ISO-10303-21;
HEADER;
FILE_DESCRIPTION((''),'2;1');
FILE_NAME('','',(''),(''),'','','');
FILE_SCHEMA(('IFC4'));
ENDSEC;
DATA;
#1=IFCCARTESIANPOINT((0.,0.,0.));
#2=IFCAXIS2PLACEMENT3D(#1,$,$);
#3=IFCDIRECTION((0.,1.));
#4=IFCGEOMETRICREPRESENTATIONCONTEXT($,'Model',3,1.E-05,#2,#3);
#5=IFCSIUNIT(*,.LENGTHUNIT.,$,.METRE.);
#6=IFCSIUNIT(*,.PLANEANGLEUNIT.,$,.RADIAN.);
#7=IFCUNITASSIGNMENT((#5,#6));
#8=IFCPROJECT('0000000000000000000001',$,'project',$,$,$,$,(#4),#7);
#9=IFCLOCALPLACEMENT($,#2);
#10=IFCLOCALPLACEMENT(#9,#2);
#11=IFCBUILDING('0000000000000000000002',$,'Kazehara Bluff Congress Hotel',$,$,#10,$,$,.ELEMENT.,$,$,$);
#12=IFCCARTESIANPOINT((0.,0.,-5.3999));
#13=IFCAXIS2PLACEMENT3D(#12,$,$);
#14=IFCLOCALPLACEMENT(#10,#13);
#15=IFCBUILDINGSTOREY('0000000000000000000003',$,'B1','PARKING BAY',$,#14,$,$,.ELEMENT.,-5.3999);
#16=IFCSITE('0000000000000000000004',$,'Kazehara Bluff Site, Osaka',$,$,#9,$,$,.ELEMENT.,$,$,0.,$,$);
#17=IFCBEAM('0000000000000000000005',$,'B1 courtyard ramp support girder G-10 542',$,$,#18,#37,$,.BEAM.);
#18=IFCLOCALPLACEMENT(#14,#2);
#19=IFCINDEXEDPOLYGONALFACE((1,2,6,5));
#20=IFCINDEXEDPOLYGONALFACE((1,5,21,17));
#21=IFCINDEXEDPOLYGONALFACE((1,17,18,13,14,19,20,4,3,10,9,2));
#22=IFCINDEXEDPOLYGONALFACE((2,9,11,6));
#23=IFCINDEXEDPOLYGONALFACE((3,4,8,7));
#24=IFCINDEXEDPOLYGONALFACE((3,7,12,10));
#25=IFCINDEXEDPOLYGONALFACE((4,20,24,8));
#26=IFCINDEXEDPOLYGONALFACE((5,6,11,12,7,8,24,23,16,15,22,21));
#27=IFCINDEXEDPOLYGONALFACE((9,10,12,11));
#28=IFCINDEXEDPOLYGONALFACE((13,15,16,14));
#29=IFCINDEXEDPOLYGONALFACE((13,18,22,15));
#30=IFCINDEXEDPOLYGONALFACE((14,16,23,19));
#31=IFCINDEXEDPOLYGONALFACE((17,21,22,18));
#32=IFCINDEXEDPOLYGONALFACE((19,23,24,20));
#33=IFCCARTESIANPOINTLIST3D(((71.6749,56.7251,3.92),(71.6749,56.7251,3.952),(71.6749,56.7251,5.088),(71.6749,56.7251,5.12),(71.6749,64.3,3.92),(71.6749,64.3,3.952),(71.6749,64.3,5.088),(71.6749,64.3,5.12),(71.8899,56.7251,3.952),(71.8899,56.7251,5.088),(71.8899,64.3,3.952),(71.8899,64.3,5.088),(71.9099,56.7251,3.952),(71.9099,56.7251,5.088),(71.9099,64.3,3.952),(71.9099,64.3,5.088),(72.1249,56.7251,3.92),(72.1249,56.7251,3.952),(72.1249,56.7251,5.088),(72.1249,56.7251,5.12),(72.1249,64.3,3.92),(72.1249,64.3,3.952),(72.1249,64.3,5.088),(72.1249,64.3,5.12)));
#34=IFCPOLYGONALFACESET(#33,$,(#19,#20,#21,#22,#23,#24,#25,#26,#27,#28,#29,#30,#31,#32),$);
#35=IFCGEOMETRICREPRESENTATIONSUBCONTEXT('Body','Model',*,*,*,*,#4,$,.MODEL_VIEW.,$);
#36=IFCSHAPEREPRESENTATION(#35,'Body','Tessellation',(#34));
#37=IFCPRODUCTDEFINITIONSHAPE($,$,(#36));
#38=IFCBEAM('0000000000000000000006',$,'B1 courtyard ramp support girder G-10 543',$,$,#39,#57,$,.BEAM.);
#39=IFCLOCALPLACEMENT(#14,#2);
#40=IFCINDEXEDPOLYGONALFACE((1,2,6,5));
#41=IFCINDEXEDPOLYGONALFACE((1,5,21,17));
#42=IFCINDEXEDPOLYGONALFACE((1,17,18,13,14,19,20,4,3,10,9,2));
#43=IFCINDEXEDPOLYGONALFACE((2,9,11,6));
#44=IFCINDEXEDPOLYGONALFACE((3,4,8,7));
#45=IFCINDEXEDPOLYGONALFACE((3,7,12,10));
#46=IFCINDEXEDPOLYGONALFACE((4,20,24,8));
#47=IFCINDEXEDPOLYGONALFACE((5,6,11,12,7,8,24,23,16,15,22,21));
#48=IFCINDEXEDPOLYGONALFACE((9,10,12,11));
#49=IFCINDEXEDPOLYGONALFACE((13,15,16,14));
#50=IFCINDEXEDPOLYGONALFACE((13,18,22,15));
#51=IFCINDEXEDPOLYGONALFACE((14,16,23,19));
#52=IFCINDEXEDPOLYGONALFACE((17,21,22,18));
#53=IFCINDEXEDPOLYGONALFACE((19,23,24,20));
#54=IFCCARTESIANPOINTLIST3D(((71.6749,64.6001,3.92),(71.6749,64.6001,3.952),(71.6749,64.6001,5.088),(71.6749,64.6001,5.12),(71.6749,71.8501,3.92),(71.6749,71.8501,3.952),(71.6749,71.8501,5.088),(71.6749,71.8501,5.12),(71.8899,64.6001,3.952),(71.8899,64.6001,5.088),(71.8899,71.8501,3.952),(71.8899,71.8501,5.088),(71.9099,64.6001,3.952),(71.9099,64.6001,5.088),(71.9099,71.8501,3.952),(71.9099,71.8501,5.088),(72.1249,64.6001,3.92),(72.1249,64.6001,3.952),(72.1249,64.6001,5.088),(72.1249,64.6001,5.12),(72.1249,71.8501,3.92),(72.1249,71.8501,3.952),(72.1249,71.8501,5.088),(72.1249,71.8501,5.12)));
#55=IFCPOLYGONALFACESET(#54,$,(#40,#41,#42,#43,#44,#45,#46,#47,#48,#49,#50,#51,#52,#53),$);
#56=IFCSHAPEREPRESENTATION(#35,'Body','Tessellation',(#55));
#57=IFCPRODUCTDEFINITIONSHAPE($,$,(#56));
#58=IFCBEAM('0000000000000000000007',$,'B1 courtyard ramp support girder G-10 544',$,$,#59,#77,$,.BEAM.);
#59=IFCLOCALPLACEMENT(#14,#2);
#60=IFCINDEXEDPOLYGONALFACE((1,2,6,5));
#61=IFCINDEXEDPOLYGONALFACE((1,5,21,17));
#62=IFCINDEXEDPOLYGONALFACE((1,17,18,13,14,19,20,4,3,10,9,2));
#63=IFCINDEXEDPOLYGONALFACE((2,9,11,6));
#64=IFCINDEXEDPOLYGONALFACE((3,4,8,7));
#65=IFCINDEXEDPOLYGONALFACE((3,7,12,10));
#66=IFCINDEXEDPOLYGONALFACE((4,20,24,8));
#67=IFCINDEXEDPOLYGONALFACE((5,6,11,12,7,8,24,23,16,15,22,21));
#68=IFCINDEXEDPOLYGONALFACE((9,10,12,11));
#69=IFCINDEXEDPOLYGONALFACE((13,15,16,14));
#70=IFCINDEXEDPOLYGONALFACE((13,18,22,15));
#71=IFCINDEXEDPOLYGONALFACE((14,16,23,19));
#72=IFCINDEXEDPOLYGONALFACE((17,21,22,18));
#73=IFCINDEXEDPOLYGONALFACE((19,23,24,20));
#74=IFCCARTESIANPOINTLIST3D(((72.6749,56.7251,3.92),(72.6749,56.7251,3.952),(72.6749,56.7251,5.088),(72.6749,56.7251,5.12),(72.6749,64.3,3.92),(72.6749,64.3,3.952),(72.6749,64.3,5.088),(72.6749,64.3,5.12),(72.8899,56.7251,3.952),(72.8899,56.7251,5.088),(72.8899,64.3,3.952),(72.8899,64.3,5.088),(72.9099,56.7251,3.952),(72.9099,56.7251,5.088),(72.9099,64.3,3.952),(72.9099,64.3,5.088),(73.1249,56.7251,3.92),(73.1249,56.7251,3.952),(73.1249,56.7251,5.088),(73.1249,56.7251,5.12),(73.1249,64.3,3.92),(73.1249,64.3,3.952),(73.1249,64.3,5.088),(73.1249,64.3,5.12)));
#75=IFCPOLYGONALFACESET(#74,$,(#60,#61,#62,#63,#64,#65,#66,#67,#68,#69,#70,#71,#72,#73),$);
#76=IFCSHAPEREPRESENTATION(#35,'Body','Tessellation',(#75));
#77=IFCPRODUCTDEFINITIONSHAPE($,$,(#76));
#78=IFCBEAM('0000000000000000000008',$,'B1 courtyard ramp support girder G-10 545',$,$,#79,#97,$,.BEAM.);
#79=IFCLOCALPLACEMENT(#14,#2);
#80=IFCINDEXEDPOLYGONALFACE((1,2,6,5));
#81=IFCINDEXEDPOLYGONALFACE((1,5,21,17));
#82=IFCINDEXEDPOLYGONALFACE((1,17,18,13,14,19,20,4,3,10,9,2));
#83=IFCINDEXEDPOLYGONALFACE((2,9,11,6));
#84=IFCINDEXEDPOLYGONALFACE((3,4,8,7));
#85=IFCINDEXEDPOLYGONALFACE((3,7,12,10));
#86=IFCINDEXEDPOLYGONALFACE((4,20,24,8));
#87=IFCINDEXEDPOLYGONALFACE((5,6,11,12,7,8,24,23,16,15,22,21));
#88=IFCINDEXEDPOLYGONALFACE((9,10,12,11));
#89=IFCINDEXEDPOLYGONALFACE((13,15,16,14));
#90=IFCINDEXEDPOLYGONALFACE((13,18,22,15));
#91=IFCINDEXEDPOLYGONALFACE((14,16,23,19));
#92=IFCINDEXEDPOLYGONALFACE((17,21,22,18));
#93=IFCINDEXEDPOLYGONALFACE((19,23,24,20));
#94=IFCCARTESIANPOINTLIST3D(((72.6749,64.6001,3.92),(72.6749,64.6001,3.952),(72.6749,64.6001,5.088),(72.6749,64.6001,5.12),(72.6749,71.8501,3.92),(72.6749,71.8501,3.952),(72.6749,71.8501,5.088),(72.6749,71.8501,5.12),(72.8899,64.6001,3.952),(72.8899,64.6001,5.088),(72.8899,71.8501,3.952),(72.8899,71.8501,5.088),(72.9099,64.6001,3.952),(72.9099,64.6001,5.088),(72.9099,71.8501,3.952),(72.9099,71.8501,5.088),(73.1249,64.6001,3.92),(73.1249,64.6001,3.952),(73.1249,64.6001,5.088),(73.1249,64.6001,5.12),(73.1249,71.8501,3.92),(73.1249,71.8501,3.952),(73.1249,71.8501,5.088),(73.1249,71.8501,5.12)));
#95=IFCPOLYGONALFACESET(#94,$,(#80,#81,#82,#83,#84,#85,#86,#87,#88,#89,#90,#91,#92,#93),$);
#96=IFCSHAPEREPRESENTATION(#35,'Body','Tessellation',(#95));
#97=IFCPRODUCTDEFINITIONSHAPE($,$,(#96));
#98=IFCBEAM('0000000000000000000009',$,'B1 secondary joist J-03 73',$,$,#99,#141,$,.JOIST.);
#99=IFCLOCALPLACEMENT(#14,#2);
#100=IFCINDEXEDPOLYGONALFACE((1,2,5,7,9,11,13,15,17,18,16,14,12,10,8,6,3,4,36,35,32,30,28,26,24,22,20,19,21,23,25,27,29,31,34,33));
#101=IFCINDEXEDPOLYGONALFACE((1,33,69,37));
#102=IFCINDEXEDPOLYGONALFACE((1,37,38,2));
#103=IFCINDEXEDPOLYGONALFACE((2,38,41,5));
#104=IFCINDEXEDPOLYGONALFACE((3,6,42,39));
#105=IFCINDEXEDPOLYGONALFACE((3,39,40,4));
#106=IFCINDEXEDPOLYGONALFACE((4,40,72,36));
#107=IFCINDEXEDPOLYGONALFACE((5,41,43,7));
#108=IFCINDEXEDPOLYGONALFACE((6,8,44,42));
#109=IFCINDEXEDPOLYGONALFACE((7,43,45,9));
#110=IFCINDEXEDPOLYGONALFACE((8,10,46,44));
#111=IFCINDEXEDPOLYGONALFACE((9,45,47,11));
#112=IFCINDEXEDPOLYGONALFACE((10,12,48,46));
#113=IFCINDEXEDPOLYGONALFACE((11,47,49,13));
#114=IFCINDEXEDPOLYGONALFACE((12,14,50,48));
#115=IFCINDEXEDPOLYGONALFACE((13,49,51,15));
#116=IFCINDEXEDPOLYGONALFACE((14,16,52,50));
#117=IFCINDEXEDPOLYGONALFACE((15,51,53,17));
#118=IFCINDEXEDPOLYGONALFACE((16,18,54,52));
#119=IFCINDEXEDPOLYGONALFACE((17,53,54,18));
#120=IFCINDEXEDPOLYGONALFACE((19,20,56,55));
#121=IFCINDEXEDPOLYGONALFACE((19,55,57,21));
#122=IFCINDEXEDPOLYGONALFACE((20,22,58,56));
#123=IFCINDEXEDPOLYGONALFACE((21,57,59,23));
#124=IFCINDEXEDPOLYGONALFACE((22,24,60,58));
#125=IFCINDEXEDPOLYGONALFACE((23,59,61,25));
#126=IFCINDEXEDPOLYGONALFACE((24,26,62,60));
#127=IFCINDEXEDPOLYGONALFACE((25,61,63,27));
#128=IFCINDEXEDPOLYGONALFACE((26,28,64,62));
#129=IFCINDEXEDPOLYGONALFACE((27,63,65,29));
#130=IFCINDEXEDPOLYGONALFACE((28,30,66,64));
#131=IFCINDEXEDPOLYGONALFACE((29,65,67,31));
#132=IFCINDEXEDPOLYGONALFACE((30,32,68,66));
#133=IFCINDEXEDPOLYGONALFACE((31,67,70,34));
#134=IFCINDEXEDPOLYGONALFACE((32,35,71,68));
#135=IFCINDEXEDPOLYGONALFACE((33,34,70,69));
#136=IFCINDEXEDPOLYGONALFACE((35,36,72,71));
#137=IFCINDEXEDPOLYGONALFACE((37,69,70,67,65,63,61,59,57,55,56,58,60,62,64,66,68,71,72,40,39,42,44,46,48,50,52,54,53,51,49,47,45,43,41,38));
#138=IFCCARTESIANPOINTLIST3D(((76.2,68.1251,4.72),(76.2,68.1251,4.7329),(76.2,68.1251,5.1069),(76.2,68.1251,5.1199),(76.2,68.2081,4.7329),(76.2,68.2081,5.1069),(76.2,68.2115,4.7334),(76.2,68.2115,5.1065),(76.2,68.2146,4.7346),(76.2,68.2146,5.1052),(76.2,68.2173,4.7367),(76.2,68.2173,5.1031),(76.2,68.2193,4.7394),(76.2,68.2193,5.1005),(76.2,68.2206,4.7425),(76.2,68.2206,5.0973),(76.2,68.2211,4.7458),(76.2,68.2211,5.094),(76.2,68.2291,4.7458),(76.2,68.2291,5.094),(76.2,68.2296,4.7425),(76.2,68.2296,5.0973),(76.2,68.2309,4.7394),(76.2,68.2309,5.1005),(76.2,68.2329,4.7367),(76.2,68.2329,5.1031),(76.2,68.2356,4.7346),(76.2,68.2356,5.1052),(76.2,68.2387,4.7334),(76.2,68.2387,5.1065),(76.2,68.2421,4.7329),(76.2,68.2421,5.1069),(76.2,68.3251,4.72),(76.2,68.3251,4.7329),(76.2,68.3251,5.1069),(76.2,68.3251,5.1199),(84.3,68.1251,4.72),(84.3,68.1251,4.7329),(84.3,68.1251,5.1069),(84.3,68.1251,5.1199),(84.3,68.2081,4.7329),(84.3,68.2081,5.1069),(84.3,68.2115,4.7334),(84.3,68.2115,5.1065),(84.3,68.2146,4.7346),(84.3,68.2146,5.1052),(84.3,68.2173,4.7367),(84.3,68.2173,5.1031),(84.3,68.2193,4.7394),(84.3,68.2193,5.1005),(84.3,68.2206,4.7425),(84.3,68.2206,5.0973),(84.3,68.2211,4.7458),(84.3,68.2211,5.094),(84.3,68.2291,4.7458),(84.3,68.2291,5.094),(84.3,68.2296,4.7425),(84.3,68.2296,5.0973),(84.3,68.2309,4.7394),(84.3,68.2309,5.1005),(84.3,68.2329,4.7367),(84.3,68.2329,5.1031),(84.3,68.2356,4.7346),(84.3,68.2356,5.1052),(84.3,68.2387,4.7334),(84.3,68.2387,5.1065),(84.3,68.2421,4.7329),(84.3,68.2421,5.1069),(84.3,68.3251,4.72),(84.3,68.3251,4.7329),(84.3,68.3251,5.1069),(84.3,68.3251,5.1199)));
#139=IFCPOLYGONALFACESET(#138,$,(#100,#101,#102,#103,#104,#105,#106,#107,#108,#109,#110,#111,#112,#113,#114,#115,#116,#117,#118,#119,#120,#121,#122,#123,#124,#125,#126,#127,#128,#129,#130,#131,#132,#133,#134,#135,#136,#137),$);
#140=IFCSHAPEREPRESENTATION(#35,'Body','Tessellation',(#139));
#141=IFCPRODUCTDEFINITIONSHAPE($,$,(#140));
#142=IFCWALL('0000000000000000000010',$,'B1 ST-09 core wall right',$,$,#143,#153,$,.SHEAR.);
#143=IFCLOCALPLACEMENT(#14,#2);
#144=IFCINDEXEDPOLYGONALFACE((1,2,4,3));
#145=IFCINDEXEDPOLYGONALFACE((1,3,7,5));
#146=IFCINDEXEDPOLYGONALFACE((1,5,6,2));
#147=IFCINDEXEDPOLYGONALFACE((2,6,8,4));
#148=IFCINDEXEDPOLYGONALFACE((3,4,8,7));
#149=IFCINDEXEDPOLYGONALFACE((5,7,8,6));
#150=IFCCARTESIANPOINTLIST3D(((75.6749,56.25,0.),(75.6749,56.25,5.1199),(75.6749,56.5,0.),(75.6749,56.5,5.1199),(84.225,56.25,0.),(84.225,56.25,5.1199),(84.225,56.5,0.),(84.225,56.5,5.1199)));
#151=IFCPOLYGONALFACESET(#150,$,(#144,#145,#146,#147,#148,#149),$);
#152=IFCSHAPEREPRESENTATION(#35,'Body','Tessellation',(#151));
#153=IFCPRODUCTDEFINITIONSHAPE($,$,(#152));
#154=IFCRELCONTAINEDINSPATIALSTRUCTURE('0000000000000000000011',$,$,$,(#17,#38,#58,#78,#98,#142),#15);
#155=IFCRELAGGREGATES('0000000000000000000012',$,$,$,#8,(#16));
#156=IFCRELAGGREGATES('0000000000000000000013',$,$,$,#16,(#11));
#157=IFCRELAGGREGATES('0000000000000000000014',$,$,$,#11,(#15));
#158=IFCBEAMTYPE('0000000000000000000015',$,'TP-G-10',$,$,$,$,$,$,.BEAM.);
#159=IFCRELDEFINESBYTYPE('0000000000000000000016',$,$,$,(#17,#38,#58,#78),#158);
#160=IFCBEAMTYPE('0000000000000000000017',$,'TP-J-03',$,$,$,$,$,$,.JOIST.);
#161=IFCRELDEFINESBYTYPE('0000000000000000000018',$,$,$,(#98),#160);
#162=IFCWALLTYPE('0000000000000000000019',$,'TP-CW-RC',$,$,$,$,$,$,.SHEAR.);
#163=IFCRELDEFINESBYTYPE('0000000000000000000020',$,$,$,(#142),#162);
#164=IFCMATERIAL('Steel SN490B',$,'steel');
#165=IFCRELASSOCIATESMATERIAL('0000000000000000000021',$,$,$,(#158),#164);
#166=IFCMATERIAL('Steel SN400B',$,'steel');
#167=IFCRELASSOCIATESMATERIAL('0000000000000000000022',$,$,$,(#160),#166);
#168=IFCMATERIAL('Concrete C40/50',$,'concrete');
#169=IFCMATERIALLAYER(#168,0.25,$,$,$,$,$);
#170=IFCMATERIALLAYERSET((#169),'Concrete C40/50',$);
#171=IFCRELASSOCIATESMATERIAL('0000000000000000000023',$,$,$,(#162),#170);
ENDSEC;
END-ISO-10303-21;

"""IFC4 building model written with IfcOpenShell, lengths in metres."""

from ifc_helpers import new_model, si_unit, direction, frame, frame_2d, origin, origin_2d, place, context, subcontext, project, spatial, rectangle, i_section, extrude, material, layer, layer_set, material_profile, profile_set, type_object, element, save


model = new_model("IFC4")

# Units and contexts
model_context = context("Model", 3, precision=1e-05, world=origin(), true_north=direction((0.0, 1.0)))
body_context = subcontext(model_context, "Body", "Model", "MODEL_VIEW")
ifc_project = project(units=[si_unit("LENGTHUNIT", "METRE"), si_unit("PLANEANGLEUNIT", "RADIAN")], contexts=[model_context])

# Site, building, storey
site_placement = place(None, origin())
site = spatial("IfcSite", under=ifc_project, at=site_placement, Name="Kazehara Bluff Site, Osaka", CompositionType="ELEMENT", RefElevation=0.0)
building_placement = place(site_placement, origin())
building = spatial("IfcBuilding", under=site, at=building_placement, Name="Kazehara Bluff Congress Hotel", CompositionType="ELEMENT")
storey_placement = place(building_placement, frame((0.0, 0.0, -5.3999)))
storey = spatial("IfcBuildingStorey", under=building, at=storey_placement, Name="B1", Description="PARKING BAY", CompositionType="ELEMENT", Elevation=-5.3999)

# Beams
ifc_material_1 = material(Name="Steel SN490B", Category="steel")
ifc_material_profile_1 = material_profile(ifc_material_1, i_section(OverallWidth=0.45, OverallDepth=1.2, WebThickness=0.02, FlangeThickness=0.032, at=origin_2d()))
ifc_profile_set_1 = profile_set([ifc_material_profile_1], Name="Steel SN490B")
beam_type_1 = type_object("IfcBeamType", Name="TP-G-10", PredefinedType="BEAM", material=ifc_profile_set_1)
beam_1_placement = place(storey_placement, frame((71.8999, 56.7251, 4.52), z_axis=(0.0, 1.0, 0.0), x_axis=(-1.0, 0.0, 0.0)))
element("IfcBeam", 1, at=beam_1_placement, inside=storey, type_object=beam_type_1, Name="B1 courtyard ramp support girder G-10 542", PredefinedType="BEAM", context=body_context, shape_type="SweptSolid", body=[
    extrude(i_section(OverallWidth=0.45, OverallDepth=1.2, WebThickness=0.02, FlangeThickness=0.032, at=origin_2d()), origin(), (0.0, 0.0, 1.0), 7.575),
])
beam_2_placement = place(storey_placement, frame((71.8999, 64.6001, 4.52), z_axis=(0.0, 1.0, 0.0), x_axis=(-1.0, 0.0, 0.0)))
element("IfcBeam", 2, at=beam_2_placement, inside=storey, type_object=beam_type_1, Name="B1 courtyard ramp support girder G-10 543", PredefinedType="BEAM", context=body_context, shape_type="SweptSolid", body=[
    extrude(i_section(OverallWidth=0.45, OverallDepth=1.2, WebThickness=0.02, FlangeThickness=0.032, at=origin_2d()), origin(), (0.0, 0.0, 1.0), 7.25),
])
beam_3_placement = place(storey_placement, frame((72.8999, 56.7251, 4.52), z_axis=(0.0, 1.0, 0.0), x_axis=(-1.0, 0.0, 0.0)))
element("IfcBeam", 3, at=beam_3_placement, inside=storey, type_object=beam_type_1, Name="B1 courtyard ramp support girder G-10 544", PredefinedType="BEAM", context=body_context, shape_type="SweptSolid", body=[
    extrude(i_section(OverallWidth=0.45, OverallDepth=1.2, WebThickness=0.02, FlangeThickness=0.032, at=origin_2d()), origin(), (0.0, 0.0, 1.0), 7.575),
])
beam_4_placement = place(storey_placement, frame((72.8999, 64.6001, 4.52), z_axis=(0.0, 1.0, 0.0), x_axis=(-1.0, 0.0, 0.0)))
element("IfcBeam", 4, at=beam_4_placement, inside=storey, type_object=beam_type_1, Name="B1 courtyard ramp support girder G-10 545", PredefinedType="BEAM", context=body_context, shape_type="SweptSolid", body=[
    extrude(i_section(OverallWidth=0.45, OverallDepth=1.2, WebThickness=0.02, FlangeThickness=0.032, at=origin_2d()), origin(), (0.0, 0.0, 1.0), 7.25),
])
ifc_material_2 = material(Name="Steel SN400B", Category="steel")
ifc_material_profile_2 = material_profile(ifc_material_2, i_section(OverallWidth=0.2, OverallDepth=0.3999, WebThickness=0.0081, FlangeThickness=0.0129, FilletRadius=0.0129, at=origin_2d()))
ifc_profile_set_2 = profile_set([ifc_material_profile_2], Name="Steel SN400B")
beam_type_2 = type_object("IfcBeamType", Name="TP-J-03", PredefinedType="JOIST", material=ifc_profile_set_2)
beam_5_placement = place(storey_placement, frame((76.2, 68.2251, 4.9199), z_axis=(1.0, 0.0, 0.0), x_axis=(0.0, 1.0, 0.0)))
element("IfcBeam", 5, at=beam_5_placement, inside=storey, type_object=beam_type_2, Name="B1 secondary joist J-03 73", PredefinedType="JOIST", context=body_context, shape_type="SweptSolid", body=[
    extrude(i_section(OverallWidth=0.2, OverallDepth=0.3999, WebThickness=0.0081, FlangeThickness=0.0129, FilletRadius=0.0129, at=origin_2d()), origin(), (0.0, 0.0, 1.0), 8.1001),
])

# Wall
ifc_material_3 = material(Name="Concrete C40/50", Category="concrete")
ifc_layer_1 = layer(ifc_material_3, 0.25)
ifc_layer_set_1 = layer_set([ifc_layer_1], Name="Concrete C40/50")
wall_type = type_object("IfcWallType", Name="TP-CW-RC", PredefinedType="SHEAR", material=ifc_layer_set_1)
wall_placement = place(storey_placement, frame((75.675, 56.375, 0.0), z_axis=(0.0, 0.0, 1.0), x_axis=(1.0, 0.0, 0.0)))
element("IfcWall", 6, at=wall_placement, inside=storey, type_object=wall_type, Name="B1 ST-09 core wall right", PredefinedType="SHEAR", context=body_context, shape_type="SweptSolid", body=[
    extrude(rectangle(XDim=8.55, YDim=0.25, at=frame_2d((4.2749, 0.0))), origin(), (0.0, 0.0, 1.0), 5.1199),
])

save(model, "model.ifc")
